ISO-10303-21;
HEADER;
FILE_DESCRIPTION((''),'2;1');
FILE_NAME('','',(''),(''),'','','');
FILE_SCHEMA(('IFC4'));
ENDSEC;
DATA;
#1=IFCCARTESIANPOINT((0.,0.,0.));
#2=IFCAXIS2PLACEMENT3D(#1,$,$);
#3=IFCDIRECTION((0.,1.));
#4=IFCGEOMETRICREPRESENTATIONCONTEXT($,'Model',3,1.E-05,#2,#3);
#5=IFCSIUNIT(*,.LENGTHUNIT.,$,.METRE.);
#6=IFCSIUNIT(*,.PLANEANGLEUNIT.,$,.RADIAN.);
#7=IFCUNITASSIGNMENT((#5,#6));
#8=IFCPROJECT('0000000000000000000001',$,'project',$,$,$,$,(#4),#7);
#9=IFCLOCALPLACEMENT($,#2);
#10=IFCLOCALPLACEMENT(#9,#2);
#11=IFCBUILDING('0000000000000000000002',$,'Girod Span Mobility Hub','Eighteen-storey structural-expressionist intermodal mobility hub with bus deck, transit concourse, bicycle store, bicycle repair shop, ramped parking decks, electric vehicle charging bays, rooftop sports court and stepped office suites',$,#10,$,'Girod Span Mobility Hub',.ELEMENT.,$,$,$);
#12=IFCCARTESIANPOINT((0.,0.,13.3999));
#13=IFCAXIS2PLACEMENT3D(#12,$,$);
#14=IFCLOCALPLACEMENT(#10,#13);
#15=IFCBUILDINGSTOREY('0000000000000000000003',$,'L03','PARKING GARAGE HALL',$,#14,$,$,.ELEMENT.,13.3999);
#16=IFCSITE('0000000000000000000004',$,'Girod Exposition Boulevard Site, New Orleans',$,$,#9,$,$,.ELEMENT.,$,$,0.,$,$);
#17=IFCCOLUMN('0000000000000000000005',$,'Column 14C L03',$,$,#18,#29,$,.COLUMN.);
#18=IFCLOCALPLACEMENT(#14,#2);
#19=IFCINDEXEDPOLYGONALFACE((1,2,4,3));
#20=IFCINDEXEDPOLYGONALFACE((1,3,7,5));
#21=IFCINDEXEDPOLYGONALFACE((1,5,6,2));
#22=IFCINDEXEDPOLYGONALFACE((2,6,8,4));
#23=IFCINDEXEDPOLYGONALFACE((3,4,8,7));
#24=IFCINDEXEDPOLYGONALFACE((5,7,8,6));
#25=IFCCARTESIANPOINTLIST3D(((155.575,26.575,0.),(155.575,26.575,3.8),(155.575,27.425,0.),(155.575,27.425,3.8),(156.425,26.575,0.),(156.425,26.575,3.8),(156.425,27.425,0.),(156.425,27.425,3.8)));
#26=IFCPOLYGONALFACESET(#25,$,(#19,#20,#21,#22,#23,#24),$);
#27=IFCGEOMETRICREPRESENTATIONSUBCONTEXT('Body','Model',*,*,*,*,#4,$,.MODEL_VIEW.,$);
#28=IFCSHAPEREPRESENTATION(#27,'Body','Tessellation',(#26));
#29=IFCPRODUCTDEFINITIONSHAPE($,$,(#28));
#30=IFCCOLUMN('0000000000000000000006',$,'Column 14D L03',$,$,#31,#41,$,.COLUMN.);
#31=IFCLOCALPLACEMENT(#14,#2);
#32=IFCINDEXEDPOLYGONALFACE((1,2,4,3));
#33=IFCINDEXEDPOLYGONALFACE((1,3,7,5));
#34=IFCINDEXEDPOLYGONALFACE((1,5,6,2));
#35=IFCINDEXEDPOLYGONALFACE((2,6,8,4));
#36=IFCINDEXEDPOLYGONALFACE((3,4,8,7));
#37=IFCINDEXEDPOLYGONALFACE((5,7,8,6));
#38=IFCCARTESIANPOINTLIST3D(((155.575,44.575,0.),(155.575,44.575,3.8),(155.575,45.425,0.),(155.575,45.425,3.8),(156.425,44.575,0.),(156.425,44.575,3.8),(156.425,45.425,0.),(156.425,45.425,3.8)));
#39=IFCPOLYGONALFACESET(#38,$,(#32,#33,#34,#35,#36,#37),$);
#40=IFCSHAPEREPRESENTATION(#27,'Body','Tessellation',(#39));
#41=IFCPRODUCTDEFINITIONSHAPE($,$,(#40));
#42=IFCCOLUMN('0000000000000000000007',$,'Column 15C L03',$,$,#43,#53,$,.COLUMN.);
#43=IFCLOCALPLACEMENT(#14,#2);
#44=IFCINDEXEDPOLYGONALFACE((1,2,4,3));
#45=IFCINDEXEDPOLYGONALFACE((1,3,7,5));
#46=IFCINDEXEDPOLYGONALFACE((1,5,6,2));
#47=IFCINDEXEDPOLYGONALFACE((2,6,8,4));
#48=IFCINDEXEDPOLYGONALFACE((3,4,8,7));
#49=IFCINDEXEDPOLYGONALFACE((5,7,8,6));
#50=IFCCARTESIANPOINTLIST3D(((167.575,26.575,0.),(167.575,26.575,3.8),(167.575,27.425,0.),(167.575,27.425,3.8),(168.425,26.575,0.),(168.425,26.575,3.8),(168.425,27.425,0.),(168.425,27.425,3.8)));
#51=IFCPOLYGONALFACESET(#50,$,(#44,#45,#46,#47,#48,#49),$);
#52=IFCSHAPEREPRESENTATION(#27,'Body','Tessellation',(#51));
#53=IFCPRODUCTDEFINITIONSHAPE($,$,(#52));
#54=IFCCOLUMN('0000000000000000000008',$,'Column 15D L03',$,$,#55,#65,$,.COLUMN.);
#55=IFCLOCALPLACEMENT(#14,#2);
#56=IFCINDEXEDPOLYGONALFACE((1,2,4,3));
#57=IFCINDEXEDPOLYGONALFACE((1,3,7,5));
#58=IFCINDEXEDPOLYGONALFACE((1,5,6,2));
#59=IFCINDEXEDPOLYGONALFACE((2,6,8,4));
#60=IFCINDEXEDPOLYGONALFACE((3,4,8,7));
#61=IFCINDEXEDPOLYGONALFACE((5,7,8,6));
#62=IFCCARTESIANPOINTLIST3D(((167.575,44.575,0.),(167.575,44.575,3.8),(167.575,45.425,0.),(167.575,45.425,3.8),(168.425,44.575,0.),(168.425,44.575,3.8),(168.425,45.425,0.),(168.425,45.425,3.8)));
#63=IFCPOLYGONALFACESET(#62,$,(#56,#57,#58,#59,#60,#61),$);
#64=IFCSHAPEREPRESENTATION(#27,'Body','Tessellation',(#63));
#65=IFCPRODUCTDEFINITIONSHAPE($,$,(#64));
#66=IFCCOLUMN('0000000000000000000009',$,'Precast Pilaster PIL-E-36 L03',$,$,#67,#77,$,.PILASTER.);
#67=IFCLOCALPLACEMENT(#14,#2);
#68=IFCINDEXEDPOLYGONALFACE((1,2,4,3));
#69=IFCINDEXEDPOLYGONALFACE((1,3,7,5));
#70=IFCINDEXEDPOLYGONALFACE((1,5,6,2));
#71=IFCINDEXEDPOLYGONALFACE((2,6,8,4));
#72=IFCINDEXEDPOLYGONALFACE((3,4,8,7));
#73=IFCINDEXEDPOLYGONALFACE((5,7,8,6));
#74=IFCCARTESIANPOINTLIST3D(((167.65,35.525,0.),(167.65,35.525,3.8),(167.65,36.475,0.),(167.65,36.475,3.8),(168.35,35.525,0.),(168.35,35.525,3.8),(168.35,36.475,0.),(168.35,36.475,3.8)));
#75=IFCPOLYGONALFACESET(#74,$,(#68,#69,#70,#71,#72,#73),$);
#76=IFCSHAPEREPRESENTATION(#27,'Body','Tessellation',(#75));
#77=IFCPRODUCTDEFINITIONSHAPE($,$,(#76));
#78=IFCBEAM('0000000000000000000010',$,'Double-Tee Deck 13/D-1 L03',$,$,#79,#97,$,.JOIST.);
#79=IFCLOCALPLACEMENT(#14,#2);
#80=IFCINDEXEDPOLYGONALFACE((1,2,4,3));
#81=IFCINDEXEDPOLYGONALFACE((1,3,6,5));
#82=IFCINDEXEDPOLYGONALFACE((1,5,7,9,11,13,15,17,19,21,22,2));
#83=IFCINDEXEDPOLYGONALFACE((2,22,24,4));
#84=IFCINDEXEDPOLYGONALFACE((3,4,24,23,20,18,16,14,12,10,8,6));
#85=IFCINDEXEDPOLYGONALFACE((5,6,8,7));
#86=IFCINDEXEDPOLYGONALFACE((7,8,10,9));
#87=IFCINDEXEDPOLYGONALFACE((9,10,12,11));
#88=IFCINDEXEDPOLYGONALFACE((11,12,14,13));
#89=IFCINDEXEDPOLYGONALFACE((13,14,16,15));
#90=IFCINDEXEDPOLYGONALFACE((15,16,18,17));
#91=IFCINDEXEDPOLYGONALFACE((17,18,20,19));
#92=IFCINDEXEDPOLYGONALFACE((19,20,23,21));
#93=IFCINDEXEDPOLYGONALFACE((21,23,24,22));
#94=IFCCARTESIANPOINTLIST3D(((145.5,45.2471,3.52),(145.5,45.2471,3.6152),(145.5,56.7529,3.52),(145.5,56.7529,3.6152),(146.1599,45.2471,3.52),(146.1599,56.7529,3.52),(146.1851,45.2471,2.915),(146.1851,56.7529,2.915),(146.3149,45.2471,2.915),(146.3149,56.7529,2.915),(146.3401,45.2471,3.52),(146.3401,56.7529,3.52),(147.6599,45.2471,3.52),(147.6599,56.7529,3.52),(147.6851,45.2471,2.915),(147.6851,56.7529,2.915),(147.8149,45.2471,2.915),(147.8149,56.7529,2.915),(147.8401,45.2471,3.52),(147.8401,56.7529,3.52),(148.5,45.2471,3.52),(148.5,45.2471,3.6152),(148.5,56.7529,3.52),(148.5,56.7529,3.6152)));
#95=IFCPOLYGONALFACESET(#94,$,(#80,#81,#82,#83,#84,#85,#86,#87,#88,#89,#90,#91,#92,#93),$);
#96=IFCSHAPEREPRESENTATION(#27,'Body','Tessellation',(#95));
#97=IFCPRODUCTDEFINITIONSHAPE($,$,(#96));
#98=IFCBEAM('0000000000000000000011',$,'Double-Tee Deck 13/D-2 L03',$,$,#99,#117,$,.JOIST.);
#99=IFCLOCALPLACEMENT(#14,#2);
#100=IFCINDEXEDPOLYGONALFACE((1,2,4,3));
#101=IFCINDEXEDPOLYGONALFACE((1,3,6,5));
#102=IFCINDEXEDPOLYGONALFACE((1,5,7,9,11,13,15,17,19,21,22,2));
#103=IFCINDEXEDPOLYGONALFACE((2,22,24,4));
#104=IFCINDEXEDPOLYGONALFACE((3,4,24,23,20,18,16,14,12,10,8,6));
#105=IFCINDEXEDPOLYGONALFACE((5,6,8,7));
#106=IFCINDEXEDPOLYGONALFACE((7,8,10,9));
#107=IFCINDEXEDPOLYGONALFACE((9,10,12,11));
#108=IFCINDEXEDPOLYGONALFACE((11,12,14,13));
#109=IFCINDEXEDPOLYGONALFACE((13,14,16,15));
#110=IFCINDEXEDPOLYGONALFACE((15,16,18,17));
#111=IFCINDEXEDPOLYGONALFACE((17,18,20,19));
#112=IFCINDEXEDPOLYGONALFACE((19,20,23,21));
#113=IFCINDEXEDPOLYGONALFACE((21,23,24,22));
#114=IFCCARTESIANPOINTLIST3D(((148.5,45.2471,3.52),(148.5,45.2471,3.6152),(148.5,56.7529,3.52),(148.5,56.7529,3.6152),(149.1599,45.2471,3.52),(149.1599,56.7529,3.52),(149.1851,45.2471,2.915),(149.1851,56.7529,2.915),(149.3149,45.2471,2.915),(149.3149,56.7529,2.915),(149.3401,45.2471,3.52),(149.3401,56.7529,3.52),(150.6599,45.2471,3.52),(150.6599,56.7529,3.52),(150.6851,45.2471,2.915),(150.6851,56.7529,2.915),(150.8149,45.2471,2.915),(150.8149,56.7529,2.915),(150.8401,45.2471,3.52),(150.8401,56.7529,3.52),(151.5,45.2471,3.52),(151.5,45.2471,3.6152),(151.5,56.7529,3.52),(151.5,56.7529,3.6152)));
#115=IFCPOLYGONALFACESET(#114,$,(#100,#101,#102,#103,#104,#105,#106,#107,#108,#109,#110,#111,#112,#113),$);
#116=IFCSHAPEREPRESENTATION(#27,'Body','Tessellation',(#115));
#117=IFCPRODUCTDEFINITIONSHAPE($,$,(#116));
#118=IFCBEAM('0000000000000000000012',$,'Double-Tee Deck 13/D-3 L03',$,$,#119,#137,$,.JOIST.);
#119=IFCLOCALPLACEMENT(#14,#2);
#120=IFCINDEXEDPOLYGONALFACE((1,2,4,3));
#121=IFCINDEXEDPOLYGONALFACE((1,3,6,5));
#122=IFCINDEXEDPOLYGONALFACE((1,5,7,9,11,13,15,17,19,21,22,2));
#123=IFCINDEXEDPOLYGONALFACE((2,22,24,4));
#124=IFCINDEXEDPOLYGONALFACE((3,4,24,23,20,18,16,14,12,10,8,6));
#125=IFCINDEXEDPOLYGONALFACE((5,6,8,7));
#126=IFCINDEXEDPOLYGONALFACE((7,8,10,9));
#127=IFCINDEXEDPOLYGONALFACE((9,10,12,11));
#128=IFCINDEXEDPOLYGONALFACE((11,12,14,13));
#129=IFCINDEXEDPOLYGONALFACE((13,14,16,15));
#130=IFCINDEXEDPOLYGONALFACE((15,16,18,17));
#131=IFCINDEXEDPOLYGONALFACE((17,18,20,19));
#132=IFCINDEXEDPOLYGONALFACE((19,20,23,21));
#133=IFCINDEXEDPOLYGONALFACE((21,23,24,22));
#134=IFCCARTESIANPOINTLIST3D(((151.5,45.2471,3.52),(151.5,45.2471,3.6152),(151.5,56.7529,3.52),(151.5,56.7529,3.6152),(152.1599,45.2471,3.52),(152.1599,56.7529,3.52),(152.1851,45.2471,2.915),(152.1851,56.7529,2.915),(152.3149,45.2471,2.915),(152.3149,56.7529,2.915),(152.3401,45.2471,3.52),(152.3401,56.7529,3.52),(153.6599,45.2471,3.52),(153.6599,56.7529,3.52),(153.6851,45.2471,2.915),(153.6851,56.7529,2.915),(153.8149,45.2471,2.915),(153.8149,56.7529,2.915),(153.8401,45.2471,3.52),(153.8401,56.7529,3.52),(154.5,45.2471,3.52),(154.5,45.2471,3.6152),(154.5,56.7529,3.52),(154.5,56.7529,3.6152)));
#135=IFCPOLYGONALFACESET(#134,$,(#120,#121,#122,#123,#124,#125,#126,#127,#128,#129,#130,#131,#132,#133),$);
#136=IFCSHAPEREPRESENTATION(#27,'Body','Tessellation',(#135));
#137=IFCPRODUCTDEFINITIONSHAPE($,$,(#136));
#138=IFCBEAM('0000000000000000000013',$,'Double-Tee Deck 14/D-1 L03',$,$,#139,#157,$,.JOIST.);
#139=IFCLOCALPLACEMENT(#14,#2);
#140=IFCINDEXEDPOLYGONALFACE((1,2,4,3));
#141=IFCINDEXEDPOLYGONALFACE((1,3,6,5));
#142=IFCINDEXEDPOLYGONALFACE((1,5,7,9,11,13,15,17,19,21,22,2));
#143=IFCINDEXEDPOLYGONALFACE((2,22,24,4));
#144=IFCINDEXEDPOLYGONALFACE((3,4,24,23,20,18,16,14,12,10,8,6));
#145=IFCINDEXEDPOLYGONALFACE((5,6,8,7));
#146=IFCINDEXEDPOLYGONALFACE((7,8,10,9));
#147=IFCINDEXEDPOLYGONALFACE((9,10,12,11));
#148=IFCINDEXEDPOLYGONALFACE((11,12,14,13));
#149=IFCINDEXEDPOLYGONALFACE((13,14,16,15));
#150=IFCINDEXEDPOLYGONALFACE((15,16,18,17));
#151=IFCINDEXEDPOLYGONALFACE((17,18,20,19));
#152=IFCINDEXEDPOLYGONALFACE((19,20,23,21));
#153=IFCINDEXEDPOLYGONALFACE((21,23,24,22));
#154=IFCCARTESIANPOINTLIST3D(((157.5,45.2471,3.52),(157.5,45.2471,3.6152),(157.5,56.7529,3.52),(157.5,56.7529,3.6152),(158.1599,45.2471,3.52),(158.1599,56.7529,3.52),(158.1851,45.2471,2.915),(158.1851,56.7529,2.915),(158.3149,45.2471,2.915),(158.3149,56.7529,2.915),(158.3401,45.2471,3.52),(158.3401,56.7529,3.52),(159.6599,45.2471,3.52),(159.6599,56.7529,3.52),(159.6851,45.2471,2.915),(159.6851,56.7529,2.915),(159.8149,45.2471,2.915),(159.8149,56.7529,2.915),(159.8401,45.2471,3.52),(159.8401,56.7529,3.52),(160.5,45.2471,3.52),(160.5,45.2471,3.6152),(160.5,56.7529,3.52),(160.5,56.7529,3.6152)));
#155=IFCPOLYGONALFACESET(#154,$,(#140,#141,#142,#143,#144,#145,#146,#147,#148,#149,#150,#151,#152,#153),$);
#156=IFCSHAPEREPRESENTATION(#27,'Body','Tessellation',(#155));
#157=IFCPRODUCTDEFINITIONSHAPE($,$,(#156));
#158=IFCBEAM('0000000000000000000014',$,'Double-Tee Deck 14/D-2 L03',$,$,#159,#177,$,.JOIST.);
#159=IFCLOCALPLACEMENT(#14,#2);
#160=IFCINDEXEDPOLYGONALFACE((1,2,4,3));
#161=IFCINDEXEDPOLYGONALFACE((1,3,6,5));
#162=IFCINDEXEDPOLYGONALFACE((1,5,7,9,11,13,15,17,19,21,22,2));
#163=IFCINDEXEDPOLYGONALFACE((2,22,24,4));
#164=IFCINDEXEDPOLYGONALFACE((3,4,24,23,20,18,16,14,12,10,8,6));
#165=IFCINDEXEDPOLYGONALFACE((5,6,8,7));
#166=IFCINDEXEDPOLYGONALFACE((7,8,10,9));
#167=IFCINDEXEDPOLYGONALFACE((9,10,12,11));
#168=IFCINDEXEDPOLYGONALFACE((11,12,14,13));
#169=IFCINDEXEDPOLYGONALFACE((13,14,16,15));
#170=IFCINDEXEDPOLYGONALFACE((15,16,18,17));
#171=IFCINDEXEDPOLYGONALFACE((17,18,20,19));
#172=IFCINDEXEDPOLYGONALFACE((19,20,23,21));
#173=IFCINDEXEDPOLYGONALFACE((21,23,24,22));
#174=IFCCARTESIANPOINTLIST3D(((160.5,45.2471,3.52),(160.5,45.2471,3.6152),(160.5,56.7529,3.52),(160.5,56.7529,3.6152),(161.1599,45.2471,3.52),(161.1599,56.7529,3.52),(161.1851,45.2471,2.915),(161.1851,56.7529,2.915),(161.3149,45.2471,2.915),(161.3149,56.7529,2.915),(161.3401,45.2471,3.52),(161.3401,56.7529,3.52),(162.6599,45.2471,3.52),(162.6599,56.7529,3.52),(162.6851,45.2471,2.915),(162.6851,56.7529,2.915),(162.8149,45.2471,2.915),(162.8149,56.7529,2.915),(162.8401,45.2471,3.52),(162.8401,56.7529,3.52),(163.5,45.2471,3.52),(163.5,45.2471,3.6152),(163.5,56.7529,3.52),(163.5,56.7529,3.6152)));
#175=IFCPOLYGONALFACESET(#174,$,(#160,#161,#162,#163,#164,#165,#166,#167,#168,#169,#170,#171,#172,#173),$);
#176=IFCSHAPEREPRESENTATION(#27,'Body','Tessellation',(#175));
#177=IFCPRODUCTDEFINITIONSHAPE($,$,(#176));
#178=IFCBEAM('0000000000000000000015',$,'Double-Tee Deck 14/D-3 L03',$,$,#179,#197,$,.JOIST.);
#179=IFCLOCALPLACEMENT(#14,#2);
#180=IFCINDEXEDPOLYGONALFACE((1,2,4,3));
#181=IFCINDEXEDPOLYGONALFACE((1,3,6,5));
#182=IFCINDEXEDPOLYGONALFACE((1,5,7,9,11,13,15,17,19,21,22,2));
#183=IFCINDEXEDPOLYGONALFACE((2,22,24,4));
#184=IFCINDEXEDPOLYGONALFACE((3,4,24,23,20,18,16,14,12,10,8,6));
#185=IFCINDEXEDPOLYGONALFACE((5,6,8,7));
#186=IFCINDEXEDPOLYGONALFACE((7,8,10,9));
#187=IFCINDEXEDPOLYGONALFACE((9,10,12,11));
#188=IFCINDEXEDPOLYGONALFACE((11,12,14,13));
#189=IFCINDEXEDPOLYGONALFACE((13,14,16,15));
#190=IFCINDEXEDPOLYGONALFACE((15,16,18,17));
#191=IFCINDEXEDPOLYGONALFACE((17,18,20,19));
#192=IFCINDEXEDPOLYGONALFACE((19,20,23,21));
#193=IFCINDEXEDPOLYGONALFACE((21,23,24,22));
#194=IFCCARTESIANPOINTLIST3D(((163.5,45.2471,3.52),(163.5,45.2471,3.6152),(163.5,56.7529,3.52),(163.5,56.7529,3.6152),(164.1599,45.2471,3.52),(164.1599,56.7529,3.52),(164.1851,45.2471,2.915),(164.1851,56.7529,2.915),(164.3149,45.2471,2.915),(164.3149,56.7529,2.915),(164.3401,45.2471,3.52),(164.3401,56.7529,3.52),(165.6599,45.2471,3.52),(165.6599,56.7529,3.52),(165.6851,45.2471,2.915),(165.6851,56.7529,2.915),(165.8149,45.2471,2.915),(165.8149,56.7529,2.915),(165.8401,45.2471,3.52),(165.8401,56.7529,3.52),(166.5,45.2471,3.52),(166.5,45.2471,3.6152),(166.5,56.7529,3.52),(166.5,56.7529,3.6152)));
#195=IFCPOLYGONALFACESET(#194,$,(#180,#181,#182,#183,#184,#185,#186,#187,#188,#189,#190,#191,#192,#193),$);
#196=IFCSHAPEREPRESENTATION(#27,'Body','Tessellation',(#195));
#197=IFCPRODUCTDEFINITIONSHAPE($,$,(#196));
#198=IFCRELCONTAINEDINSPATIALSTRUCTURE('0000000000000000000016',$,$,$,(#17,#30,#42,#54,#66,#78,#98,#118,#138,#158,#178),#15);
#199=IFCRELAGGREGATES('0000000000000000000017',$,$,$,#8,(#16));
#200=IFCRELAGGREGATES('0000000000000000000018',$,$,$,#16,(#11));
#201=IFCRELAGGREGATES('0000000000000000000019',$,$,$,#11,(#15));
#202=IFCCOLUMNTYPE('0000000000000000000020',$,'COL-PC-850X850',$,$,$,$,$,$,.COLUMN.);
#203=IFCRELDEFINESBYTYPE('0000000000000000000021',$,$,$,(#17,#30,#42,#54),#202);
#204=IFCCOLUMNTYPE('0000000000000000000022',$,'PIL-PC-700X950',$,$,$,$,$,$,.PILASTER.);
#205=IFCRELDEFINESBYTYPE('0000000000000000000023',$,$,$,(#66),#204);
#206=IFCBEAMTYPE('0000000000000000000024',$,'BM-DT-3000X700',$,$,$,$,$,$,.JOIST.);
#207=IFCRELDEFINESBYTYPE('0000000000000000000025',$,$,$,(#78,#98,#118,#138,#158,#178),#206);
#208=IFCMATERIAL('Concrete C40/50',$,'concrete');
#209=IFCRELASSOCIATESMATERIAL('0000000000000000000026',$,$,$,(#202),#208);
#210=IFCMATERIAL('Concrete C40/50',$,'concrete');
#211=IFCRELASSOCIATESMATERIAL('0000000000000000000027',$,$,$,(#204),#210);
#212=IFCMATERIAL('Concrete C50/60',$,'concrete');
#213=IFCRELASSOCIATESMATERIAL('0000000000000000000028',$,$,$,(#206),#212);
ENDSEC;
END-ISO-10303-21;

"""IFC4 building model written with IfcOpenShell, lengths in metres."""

from ifc_helpers import new_model, si_unit, direction, frame, origin, origin_2d, place, context, subcontext, project, spatial, polyline, rectangle, outline, extrude, material, material_profile, profile_set, type_object, element, save


model = new_model("IFC4")

# Units and contexts
model_context = context("Model", 3, precision=1e-05, world=origin(), true_north=direction((0.0, 1.0)))
body_context = subcontext(model_context, "Body", "Model", "MODEL_VIEW")
ifc_project = project(units=[si_unit("LENGTHUNIT", "METRE"), si_unit("PLANEANGLEUNIT", "RADIAN")], contexts=[model_context])

# Site, building, storey
site_placement = place(None, origin())
site = spatial("IfcSite", under=ifc_project, at=site_placement, Name="Girod Exposition Boulevard Site, New Orleans", CompositionType="ELEMENT", RefElevation=0.0)
building_placement = place(site_placement, origin())
building = spatial("IfcBuilding", under=site, at=building_placement, Name="Girod Span Mobility Hub", Description="Eighteen-storey structural-expressionist intermodal mobility hub with bus deck, transit concourse, bicycle store, bicycle repair shop, ramped parking decks, electric vehicle charging bays, rooftop sports court and stepped office suites", LongName="Girod Span Mobility Hub", CompositionType="ELEMENT")
storey_placement = place(building_placement, frame((0.0, 0.0, 13.3999)))
storey = spatial("IfcBuildingStorey", under=building, at=storey_placement, Name="L03", Description="PARKING GARAGE HALL", CompositionType="ELEMENT", Elevation=13.3999)

# Columns
ifc_material_1 = material(Name="Concrete C40/50", Category="concrete")
ifc_material_profile_1 = material_profile(ifc_material_1, rectangle(XDim=0.8501, YDim=0.8501, at=origin_2d()), Name="PC-COL-850X850")
ifc_profile_set_1 = profile_set([ifc_material_profile_1], Name="Concrete C40/50")
column_type_1 = type_object("IfcColumnType", Name="COL-PC-850X850", PredefinedType="COLUMN", material=ifc_profile_set_1)
for number, where, z_axis, x_axis, name in (
    (1, (156.0, 27.0, 0.0), (0.0, 0.0, 1.0), (1.0, 0.0, 0.0), "Column 14C L03"),
    (2, (156.0, 45.0, 0.0), (0.0, 0.0, 1.0), (1.0, 0.0, 0.0), "Column 14D L03"),
    (3, (168.0, 27.0, 0.0), (0.0, 0.0, 1.0), (1.0, 0.0, 0.0), "Column 15C L03"),
    (4, (168.0, 45.0, 0.0), (0.0, 0.0, 1.0), (1.0, 0.0, 0.0), "Column 15D L03"),
):
    element("IfcColumn", number, at=place(storey_placement, frame(where, z_axis=z_axis, x_axis=x_axis)), inside=storey, type_object=column_type_1, Name=name, PredefinedType="COLUMN", context=body_context, shape_type="SweptSolid", body=[
        extrude(rectangle(XDim=0.8501, YDim=0.8501, at=origin_2d()), origin(), (0.0, 0.0, 1.0), 3.8),
    ])
ifc_material_2 = material(Name="Concrete C40/50", Category="concrete")
ifc_material_profile_2 = material_profile(ifc_material_2, rectangle(XDim=0.7, YDim=0.95, at=origin_2d()), Name="PC-PIL-700X950")
ifc_profile_set_2 = profile_set([ifc_material_profile_2], Name="Concrete C40/50")
column_type_2 = type_object("IfcColumnType", Name="PIL-PC-700X950", PredefinedType="PILASTER", material=ifc_profile_set_2)
column_placement = place(storey_placement, frame((168.0, 36.0, 0.0), z_axis=(0.0, 0.0, 1.0), x_axis=(1.0, 0.0, 0.0)))
element("IfcColumn", 5, at=column_placement, inside=storey, type_object=column_type_2, Name="Precast Pilaster PIL-E-36 L03", PredefinedType="PILASTER", context=body_context, shape_type="SweptSolid", body=[
    extrude(rectangle(XDim=0.7, YDim=0.95, at=origin_2d()), origin(), (0.0, 0.0, 1.0), 3.8),
])

# Beams
ifc_material_3 = material(Name="Concrete C50/60", Category="concrete")
ifc_material_profile_3 = material_profile(ifc_material_3, outline(polyline([(-1.5, 0.3501), (-1.5, 0.2549), (-0.8401, 0.2549), (-0.8149, -0.3501), (-0.6851, -0.3501), (-0.6599, 0.2549), (0.6599, 0.2549), (0.6851, -0.3501), (0.8149, -0.3501), (0.8401, 0.2549), (1.5, 0.2549), (1.5, 0.3501), (-1.5, 0.3501)])), Name="DT-3000X700")
ifc_profile_set_3 = profile_set([ifc_material_profile_3], Name="Concrete C50/60")
beam_type_1 = type_object("IfcBeamType", Name="BM-DT-3000X700", PredefinedType="JOIST", material=ifc_profile_set_3)
for number, where, z_axis, x_axis, name in (
    (6, (147.0, 45.2471, 3.2651), (0.0, 1.0, 0.0), (-1.0, 0.0, 0.0), "Double-Tee Deck 13/D-1 L03"),
    (7, (150.0, 45.2471, 3.2651), (0.0, 1.0, 0.0), (-1.0, 0.0, 0.0), "Double-Tee Deck 13/D-2 L03"),
    (8, (153.0, 45.2471, 3.2651), (0.0, 1.0, 0.0), (-1.0, 0.0, 0.0), "Double-Tee Deck 13/D-3 L03"),
    (9, (159.0, 45.2471, 3.2651), (0.0, 1.0, 0.0), (-1.0, 0.0, 0.0), "Double-Tee Deck 14/D-1 L03"),
    (10, (162.0, 45.2471, 3.2651), (0.0, 1.0, 0.0), (-1.0, 0.0, 0.0), "Double-Tee Deck 14/D-2 L03"),
    (11, (165.0, 45.2471, 3.2651), (0.0, 1.0, 0.0), (-1.0, 0.0, 0.0), "Double-Tee Deck 14/D-3 L03"),
):
    element("IfcBeam", number, at=place(storey_placement, frame(where, z_axis=z_axis, x_axis=x_axis)), inside=storey, type_object=beam_type_1, Name=name, PredefinedType="JOIST", context=body_context, shape_type="SweptSolid", body=[
        extrude(outline(polyline([(-1.5, 0.3501), (-1.5, 0.2549), (-0.8401, 0.2549), (-0.8149, -0.3501), (-0.6851, -0.3501), (-0.6599, 0.2549), (0.6599, 0.2549), (0.6851, -0.3501), (0.8149, -0.3501), (0.8401, 0.2549), (1.5, 0.2549), (1.5, 0.3501), (-1.5, 0.3501)])), origin(), (0.0, 0.0, 1.0), 11.5059),
    ])

save(model, "model.ifc")
